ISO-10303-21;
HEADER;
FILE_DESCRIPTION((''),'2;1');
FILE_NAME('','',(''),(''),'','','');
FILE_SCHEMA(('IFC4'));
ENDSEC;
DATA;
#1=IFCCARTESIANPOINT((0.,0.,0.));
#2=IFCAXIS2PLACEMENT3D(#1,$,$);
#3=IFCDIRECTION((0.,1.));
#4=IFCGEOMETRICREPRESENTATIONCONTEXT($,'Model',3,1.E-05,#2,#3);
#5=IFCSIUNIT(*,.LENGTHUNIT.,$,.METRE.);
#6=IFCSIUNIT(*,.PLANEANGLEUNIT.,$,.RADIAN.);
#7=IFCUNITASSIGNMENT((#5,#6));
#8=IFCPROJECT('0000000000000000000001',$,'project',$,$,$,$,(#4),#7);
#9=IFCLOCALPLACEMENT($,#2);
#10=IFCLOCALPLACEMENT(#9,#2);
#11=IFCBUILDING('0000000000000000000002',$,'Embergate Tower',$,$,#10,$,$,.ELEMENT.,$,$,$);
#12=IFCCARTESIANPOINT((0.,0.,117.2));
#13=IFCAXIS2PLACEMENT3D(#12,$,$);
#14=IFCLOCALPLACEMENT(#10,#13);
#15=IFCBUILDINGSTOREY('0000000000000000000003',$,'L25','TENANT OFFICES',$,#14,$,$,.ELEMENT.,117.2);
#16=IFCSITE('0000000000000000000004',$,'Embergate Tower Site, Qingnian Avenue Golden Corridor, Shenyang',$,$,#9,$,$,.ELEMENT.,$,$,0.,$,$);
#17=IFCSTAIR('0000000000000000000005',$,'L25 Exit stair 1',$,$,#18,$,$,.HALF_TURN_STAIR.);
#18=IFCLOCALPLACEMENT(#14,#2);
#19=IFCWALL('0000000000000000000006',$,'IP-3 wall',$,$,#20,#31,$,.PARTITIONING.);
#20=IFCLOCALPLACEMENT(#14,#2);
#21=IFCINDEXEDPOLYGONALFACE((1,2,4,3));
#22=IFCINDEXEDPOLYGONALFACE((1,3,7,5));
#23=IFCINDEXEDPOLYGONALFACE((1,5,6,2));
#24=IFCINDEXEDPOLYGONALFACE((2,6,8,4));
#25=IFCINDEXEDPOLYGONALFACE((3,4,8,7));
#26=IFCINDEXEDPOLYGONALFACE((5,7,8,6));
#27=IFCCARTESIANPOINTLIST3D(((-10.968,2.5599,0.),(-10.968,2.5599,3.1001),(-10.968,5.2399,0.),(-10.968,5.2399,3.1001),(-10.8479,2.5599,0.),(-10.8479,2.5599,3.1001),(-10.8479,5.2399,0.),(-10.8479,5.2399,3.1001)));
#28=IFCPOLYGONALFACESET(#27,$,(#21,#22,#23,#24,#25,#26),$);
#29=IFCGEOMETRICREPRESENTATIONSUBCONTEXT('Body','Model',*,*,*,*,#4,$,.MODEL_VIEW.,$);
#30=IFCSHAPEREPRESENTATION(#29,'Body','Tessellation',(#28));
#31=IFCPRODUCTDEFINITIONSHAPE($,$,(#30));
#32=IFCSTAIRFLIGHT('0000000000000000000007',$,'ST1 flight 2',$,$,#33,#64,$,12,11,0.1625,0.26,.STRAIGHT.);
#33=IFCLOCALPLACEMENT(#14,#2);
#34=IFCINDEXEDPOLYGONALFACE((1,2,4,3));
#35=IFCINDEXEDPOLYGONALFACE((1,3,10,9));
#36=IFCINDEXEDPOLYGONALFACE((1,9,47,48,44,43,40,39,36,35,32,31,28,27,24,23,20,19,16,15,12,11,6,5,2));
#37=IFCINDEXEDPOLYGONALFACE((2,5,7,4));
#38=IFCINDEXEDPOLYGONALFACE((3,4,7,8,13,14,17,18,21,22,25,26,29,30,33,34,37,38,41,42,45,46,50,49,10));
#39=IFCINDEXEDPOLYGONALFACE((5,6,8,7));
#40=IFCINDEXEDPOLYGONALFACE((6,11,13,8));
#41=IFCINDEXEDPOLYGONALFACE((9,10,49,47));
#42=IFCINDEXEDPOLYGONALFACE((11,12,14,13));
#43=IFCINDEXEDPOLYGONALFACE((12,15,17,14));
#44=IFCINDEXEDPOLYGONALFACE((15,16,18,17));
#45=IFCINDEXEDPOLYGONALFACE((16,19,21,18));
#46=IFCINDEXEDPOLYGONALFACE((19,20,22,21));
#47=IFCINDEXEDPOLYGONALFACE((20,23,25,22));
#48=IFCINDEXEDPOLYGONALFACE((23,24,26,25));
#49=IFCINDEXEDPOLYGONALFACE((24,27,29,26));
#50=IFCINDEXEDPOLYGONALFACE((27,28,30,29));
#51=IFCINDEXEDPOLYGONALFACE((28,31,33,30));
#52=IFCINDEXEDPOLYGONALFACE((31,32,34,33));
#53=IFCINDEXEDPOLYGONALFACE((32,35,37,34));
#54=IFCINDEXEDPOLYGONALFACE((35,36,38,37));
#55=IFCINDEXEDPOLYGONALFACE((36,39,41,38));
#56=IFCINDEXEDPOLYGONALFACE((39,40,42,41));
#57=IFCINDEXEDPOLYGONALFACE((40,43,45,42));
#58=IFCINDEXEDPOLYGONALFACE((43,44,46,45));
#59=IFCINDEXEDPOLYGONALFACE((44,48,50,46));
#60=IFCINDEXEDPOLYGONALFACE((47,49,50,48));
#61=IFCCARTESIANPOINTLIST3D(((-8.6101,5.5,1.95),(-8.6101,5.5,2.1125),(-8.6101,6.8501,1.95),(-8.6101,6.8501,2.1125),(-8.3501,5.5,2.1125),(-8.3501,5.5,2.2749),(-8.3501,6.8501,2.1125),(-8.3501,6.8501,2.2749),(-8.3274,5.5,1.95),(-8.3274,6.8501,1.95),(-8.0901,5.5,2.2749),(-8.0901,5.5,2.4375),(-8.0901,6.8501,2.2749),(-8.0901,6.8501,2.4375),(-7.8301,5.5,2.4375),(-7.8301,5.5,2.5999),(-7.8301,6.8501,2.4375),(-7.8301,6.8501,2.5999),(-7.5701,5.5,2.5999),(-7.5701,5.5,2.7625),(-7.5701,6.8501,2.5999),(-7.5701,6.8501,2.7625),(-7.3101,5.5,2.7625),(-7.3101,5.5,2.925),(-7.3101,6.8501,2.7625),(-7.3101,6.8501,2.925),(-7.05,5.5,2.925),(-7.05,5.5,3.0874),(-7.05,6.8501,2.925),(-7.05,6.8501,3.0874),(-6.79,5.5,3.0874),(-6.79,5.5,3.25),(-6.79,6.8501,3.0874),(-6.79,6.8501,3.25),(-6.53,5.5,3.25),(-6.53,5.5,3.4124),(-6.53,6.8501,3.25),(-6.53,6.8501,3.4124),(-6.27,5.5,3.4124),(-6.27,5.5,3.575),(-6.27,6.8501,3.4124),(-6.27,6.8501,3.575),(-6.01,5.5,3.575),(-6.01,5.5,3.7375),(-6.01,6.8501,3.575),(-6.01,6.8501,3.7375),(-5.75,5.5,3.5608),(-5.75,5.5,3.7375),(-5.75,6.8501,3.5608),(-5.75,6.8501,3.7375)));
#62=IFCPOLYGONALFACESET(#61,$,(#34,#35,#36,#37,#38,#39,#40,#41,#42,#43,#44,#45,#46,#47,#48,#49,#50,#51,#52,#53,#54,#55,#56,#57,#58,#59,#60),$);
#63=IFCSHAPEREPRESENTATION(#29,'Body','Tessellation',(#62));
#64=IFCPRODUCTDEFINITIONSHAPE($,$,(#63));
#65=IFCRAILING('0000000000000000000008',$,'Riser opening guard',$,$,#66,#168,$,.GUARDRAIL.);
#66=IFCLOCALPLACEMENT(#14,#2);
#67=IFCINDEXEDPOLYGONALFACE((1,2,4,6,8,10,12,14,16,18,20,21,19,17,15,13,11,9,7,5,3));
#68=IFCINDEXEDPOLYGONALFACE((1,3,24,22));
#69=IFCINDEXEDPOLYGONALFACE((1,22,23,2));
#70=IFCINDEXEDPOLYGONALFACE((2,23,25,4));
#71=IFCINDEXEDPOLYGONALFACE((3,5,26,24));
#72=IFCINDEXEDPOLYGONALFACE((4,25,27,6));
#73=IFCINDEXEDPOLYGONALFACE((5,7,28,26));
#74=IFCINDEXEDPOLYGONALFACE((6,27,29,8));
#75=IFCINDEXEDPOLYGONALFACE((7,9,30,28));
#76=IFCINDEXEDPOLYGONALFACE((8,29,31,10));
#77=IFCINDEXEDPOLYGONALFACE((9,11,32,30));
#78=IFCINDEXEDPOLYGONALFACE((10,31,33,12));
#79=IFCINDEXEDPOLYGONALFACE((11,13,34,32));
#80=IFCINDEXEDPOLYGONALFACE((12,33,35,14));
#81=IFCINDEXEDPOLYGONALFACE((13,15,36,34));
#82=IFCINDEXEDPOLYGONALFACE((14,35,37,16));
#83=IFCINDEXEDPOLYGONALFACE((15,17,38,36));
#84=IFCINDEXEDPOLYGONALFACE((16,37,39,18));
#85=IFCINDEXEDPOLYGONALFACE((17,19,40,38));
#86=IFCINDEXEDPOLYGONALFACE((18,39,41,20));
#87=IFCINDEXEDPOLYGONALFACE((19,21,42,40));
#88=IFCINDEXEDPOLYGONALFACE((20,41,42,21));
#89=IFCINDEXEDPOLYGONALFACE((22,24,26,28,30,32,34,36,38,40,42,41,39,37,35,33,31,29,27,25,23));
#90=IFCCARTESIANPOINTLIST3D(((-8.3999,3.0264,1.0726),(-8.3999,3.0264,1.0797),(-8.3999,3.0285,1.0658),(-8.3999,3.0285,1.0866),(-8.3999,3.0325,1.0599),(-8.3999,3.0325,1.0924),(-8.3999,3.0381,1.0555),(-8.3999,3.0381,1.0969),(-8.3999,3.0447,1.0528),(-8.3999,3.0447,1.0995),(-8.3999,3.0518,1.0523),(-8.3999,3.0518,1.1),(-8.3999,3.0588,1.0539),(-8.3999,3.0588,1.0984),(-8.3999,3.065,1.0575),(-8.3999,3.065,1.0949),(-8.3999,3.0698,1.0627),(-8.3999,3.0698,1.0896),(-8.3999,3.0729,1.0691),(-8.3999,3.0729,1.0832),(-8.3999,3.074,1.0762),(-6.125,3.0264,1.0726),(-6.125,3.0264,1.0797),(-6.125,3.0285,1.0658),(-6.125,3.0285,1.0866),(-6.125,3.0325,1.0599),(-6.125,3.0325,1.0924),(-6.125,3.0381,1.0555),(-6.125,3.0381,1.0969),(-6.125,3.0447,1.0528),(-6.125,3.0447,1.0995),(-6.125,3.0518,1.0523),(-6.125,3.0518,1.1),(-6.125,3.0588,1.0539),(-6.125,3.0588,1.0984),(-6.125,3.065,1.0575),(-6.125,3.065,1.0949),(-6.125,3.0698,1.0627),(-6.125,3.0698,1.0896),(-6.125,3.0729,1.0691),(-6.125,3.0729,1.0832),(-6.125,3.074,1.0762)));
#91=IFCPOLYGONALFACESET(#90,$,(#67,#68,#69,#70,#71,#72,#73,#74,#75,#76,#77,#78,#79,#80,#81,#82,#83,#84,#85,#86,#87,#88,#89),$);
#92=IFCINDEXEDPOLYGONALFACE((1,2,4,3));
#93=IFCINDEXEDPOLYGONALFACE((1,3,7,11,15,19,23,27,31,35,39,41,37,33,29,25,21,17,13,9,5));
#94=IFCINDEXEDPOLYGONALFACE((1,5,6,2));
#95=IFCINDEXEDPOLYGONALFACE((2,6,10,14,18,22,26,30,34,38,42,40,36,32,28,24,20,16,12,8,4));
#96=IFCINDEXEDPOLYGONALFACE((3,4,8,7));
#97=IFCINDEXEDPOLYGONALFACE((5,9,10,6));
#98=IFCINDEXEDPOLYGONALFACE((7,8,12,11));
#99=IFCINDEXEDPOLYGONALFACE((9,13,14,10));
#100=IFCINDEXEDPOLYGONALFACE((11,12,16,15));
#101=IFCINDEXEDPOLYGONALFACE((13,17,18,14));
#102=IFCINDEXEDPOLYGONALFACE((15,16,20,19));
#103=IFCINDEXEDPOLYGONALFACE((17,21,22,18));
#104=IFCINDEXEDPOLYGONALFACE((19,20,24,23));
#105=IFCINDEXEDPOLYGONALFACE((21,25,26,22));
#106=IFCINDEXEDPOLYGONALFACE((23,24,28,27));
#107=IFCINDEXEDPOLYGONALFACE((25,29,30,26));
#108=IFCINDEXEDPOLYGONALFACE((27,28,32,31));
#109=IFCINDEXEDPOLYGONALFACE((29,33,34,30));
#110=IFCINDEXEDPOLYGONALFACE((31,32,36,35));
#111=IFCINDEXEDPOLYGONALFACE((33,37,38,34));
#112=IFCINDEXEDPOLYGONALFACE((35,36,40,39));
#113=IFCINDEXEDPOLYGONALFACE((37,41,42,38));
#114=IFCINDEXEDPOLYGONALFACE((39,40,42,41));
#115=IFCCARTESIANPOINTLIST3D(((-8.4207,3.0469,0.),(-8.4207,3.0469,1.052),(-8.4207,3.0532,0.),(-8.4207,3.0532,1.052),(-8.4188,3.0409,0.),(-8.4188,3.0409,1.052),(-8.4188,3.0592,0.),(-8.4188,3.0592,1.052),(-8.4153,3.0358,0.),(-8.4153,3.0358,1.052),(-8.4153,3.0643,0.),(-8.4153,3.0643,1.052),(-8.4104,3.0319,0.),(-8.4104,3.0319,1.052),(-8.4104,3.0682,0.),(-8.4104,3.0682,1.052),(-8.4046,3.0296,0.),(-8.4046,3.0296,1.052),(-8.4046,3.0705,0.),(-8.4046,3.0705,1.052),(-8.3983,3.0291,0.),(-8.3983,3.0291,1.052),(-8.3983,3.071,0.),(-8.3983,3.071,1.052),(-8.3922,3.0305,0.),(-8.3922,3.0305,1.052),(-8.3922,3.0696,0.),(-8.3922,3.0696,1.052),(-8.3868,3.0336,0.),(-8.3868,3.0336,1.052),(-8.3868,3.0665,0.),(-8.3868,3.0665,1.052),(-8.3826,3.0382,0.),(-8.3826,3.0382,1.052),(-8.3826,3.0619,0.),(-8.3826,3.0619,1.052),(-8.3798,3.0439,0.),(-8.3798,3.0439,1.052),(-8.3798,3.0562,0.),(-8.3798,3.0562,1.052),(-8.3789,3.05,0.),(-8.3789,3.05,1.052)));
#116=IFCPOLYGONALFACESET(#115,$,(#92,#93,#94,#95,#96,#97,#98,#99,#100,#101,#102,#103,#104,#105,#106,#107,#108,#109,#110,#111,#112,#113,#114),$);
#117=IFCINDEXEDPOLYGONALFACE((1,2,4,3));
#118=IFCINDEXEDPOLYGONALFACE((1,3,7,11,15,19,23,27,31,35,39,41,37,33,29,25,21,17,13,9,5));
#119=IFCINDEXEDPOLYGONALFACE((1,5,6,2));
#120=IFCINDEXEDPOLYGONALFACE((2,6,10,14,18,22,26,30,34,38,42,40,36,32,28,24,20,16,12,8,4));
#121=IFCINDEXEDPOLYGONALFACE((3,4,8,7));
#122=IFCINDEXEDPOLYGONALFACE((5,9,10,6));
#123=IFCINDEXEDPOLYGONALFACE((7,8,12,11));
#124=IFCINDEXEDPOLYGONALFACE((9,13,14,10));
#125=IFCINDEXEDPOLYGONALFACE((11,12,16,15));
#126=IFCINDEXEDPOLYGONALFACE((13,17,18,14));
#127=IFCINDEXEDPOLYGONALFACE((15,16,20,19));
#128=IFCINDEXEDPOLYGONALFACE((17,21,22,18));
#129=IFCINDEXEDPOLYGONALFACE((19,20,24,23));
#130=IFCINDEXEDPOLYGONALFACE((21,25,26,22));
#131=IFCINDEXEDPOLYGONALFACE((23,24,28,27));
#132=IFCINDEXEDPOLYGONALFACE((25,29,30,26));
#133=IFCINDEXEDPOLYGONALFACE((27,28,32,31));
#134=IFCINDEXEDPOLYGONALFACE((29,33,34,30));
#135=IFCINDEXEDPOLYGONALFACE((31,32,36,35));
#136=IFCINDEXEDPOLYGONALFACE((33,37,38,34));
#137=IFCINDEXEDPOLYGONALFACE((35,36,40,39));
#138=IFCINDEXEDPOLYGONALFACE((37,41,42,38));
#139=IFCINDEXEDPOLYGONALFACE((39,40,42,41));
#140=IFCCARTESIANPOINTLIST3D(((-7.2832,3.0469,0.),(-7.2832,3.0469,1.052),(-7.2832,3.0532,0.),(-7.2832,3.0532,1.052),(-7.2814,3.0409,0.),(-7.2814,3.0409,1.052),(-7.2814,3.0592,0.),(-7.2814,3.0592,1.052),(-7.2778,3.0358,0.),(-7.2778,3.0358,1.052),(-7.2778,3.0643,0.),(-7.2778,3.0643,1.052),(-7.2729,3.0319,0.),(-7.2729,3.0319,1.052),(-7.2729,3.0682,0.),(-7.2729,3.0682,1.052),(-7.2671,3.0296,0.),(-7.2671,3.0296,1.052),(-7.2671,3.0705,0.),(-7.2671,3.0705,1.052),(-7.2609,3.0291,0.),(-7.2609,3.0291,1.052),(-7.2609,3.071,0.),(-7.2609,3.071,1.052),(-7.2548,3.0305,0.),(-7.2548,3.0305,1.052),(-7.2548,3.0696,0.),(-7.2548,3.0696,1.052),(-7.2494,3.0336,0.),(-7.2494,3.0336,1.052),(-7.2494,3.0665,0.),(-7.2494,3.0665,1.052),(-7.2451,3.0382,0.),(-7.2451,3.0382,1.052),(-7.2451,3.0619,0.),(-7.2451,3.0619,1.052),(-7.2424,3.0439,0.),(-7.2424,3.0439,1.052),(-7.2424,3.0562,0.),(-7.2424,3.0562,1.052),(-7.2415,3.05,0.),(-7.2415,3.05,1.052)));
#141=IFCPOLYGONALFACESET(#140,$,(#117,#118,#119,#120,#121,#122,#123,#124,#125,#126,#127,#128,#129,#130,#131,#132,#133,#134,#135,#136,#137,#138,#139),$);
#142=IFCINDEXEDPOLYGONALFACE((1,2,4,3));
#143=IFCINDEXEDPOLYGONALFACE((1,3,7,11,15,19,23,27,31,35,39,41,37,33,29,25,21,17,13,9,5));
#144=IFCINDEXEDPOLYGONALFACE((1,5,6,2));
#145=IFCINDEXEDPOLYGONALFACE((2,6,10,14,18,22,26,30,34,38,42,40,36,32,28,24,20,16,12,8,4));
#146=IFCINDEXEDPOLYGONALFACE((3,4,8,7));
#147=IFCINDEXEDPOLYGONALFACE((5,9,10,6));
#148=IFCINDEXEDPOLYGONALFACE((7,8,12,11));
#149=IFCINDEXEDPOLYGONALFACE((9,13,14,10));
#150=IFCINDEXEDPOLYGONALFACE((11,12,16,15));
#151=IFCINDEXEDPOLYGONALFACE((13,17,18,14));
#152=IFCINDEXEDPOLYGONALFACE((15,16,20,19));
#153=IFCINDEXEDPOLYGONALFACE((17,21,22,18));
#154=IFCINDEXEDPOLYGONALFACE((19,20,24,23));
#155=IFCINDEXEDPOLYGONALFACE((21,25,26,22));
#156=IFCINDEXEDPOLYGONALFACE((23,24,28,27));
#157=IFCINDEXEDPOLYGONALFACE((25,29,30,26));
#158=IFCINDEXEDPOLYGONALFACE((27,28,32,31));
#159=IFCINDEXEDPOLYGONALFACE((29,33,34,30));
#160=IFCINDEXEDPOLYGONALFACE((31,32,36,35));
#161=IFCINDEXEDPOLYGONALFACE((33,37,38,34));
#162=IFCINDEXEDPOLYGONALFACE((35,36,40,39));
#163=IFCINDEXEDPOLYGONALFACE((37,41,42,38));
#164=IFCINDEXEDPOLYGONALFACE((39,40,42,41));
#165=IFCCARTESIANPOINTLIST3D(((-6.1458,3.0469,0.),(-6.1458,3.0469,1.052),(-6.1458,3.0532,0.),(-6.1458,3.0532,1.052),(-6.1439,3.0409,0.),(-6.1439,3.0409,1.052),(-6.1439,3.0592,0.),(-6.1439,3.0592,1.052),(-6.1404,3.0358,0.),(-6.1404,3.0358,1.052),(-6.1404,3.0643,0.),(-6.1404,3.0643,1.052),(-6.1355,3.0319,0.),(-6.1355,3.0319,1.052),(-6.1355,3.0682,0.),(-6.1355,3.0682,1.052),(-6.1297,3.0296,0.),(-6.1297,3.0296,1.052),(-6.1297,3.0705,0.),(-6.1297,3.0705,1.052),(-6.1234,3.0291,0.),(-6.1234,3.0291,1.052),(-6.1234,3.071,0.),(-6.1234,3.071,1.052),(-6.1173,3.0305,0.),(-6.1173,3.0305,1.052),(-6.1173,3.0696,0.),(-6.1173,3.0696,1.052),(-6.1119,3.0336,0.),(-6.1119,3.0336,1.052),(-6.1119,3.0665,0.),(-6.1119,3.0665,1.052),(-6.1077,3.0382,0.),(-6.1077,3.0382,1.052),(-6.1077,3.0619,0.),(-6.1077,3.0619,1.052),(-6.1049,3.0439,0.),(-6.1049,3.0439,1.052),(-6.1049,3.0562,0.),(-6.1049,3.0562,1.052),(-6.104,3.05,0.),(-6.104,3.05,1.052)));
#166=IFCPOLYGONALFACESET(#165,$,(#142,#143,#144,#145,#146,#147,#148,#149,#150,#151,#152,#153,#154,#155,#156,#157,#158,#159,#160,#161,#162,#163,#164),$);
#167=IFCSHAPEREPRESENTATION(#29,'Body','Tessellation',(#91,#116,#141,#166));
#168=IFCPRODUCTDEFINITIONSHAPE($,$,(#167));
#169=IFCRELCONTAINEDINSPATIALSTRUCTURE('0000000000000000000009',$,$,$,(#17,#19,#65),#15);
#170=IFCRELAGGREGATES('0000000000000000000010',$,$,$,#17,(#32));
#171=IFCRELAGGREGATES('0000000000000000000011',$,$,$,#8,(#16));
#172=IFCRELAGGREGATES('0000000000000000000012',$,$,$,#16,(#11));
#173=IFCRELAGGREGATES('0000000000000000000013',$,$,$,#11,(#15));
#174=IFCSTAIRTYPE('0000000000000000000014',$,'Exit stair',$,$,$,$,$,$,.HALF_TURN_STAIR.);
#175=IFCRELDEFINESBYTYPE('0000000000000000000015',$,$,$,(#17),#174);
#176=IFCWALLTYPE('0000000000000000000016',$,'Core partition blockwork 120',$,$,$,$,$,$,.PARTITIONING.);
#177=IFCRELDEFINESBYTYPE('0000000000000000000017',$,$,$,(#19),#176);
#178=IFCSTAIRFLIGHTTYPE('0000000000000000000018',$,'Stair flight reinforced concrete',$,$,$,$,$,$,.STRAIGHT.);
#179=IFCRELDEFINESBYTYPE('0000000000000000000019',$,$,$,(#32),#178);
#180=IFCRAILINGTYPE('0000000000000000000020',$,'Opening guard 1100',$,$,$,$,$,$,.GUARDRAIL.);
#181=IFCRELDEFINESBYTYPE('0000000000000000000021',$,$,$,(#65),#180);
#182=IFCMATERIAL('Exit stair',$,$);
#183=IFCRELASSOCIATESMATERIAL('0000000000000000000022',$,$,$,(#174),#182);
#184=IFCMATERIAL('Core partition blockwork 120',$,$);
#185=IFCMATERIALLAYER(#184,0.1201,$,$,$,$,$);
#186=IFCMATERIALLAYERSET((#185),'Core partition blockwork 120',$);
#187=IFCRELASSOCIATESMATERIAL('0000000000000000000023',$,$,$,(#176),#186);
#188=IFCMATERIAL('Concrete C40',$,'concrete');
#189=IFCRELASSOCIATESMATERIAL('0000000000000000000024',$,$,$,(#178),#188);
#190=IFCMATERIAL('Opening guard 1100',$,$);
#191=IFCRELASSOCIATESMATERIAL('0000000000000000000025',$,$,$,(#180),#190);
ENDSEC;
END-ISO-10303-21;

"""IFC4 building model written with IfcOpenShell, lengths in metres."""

from ifc_helpers import new_model, si_unit, direction, frame, frame_2d, origin, origin_2d, place, context, subcontext, project, spatial, polyline, rectangle, circle, outline, extrude, source, transform, mapped, material, layer, layer_set, type_object, element, aggregate, save


model = new_model("IFC4")

# Units and contexts
model_context = context("Model", 3, precision=1e-05, world=origin(), true_north=direction((0.0, 1.0)))
body_context = subcontext(model_context, "Body", "Model", "MODEL_VIEW")
ifc_project = project(units=[si_unit("LENGTHUNIT", "METRE"), si_unit("PLANEANGLEUNIT", "RADIAN")], contexts=[model_context])

# Site, building, storey
site_placement = place(None, origin())
site = spatial("IfcSite", under=ifc_project, at=site_placement, Name="Embergate Tower Site, Qingnian Avenue Golden Corridor, Shenyang", CompositionType="ELEMENT", RefElevation=0.0)
building_placement = place(site_placement, origin())
building = spatial("IfcBuilding", under=site, at=building_placement, Name="Embergate Tower", CompositionType="ELEMENT")
storey_placement = place(building_placement, frame((0.0, 0.0, 117.2)))
storey = spatial("IfcBuildingStorey", under=building, at=storey_placement, Name="L25", Description="TENANT OFFICES", CompositionType="ELEMENT", Elevation=117.2)

# Stair
ifc_material_1 = material(Name="Exit stair")
stair_type = type_object("IfcStairType", Name="Exit stair", PredefinedType="HALF_TURN_STAIR", material=ifc_material_1)
stair_placement = place(storey_placement, origin())
stair = element("IfcStair", 1, at=stair_placement, inside=storey, type_object=stair_type, Name="L25 Exit stair 1", PredefinedType="HALF_TURN_STAIR")
ifc_material_2 = material(Name="Concrete C40", Category="concrete")

# Shared definitions
ifc_material_3 = material(Name="Core partition blockwork 120")
ifc_layer_1 = layer(ifc_material_3, 0.1201)
ifc_layer_set_1 = layer_set([ifc_layer_1], Name="Core partition blockwork 120")
wall_type_1 = type_object("IfcWallType", Name="Core partition blockwork 120", PredefinedType="PARTITIONING", material=ifc_layer_set_1)

# Wall
shared_shape_1 = source(origin(), body_context, "Body", "SweptSolid", [
    extrude(rectangle(XDim=2.6799, YDim=0.1201, at=frame_2d((1.3398, 0.0))), origin(), (0.0, 0.0, 1.0), 3.1001),
])
wall_1_placement = place(storey_placement, frame((-10.908, 2.5601, 0.0), z_axis=(0.0, 0.0, 1.0), x_axis=(0.0, 1.0, 0.0)))
element("IfcWall", 2, at=wall_1_placement, inside=storey, type_object=wall_type_1, Name="IP-3 wall", PredefinedType="PARTITIONING", context=body_context, shape_type="MappedRepresentation", body=[
    mapped(shared_shape_1, transform((0.0, 0.0, 0.0))),
])

# Stair flight
stair_flight_type = type_object("IfcStairFlightType", Name="Stair flight reinforced concrete", PredefinedType="STRAIGHT", material=ifc_material_2)
shared_shape_2 = source(origin(), body_context, "Body", "SweptSolid", [
    extrude(outline(polyline([(0.0, 0.0), (0.0, 0.1626), (0.26, 0.1626), (0.26, 0.325), (0.52, 0.325), (0.52, 0.4875), (0.78, 0.4875), (0.78, 0.6499), (1.04, 0.6499), (1.04, 0.8125), (1.3, 0.8125), (1.3, 0.9751), (1.5601, 0.9751), (1.5601, 1.1375), (1.8201, 1.1375), (1.8201, 1.3), (2.0801, 1.3), (2.0801, 1.4624), (2.3401, 1.4624), (2.3401, 1.625), (2.6001, 1.625), (2.6001, 1.7876), (2.8601, 1.7876), (2.8601, 1.95), (2.8601, 1.6108), (0.2827, 0.0), (0.0, 0.0)])), frame((0.0, 0.675, 0.0), z_axis=(0.0, -1.0, 0.0), x_axis=(1.0, 0.0, 0.0)), (0.0, 0.0, 1.0), 1.3501),
])
stair_flight_placement = place(storey_placement, frame((-8.6101, 6.175, 1.95), z_axis=(0.0, 0.0, 1.0), x_axis=(1.0, 0.0, 0.0)))
stair_flight = element("IfcStairFlight", 3, at=stair_flight_placement, type_object=stair_flight_type, Name="ST1 flight 2", NumberOfRisers=12, NumberOfTreads=11, PredefinedType="STRAIGHT", RiserHeight=0.1625, TreadLength=0.26, context=body_context, shape_type="MappedRepresentation", body=[
    mapped(shared_shape_2, transform((0.0, 0.0, 0.0))),
])
aggregate(stair, [stair_flight])

# Railing
ifc_material_4 = material(Name="Opening guard 1100")
railing_type = type_object("IfcRailingType", Name="Opening guard 1100", PredefinedType="GUARDRAIL", material=ifc_material_4)
shared_shape_3 = source(origin(), body_context, "Body", "SweptSolid", [
    extrude(circle(Radius=0.0239, at=origin_2d()), frame((0.0, 0.0, 1.0762), z_axis=(1.0, 0.0, 0.0), x_axis=(0.0, 1.0, 0.0)), (0.0, 0.0, 1.0), 2.2749),
    extrude(circle(Radius=0.021, at=origin_2d()), origin(), (0.0, 0.0, 1.0), 1.052),
    extrude(circle(Radius=0.021, at=origin_2d()), frame((1.1375, 0.0, 0.0)), (0.0, 0.0, 1.0), 1.052),
    extrude(circle(Radius=0.021, at=origin_2d()), frame((2.2749, 0.0, 0.0)), (0.0, 0.0, 1.0), 1.052),
])
railing_placement = place(storey_placement, frame((-8.3999, 3.05, 0.0)))
element("IfcRailing", 4, at=railing_placement, inside=storey, type_object=railing_type, Name="Riser opening guard", PredefinedType="GUARDRAIL", context=body_context, shape_type="MappedRepresentation", body=[
    mapped(shared_shape_3, transform((0.0, 0.0, 0.0))),
])

save(model, "model.ifc")
